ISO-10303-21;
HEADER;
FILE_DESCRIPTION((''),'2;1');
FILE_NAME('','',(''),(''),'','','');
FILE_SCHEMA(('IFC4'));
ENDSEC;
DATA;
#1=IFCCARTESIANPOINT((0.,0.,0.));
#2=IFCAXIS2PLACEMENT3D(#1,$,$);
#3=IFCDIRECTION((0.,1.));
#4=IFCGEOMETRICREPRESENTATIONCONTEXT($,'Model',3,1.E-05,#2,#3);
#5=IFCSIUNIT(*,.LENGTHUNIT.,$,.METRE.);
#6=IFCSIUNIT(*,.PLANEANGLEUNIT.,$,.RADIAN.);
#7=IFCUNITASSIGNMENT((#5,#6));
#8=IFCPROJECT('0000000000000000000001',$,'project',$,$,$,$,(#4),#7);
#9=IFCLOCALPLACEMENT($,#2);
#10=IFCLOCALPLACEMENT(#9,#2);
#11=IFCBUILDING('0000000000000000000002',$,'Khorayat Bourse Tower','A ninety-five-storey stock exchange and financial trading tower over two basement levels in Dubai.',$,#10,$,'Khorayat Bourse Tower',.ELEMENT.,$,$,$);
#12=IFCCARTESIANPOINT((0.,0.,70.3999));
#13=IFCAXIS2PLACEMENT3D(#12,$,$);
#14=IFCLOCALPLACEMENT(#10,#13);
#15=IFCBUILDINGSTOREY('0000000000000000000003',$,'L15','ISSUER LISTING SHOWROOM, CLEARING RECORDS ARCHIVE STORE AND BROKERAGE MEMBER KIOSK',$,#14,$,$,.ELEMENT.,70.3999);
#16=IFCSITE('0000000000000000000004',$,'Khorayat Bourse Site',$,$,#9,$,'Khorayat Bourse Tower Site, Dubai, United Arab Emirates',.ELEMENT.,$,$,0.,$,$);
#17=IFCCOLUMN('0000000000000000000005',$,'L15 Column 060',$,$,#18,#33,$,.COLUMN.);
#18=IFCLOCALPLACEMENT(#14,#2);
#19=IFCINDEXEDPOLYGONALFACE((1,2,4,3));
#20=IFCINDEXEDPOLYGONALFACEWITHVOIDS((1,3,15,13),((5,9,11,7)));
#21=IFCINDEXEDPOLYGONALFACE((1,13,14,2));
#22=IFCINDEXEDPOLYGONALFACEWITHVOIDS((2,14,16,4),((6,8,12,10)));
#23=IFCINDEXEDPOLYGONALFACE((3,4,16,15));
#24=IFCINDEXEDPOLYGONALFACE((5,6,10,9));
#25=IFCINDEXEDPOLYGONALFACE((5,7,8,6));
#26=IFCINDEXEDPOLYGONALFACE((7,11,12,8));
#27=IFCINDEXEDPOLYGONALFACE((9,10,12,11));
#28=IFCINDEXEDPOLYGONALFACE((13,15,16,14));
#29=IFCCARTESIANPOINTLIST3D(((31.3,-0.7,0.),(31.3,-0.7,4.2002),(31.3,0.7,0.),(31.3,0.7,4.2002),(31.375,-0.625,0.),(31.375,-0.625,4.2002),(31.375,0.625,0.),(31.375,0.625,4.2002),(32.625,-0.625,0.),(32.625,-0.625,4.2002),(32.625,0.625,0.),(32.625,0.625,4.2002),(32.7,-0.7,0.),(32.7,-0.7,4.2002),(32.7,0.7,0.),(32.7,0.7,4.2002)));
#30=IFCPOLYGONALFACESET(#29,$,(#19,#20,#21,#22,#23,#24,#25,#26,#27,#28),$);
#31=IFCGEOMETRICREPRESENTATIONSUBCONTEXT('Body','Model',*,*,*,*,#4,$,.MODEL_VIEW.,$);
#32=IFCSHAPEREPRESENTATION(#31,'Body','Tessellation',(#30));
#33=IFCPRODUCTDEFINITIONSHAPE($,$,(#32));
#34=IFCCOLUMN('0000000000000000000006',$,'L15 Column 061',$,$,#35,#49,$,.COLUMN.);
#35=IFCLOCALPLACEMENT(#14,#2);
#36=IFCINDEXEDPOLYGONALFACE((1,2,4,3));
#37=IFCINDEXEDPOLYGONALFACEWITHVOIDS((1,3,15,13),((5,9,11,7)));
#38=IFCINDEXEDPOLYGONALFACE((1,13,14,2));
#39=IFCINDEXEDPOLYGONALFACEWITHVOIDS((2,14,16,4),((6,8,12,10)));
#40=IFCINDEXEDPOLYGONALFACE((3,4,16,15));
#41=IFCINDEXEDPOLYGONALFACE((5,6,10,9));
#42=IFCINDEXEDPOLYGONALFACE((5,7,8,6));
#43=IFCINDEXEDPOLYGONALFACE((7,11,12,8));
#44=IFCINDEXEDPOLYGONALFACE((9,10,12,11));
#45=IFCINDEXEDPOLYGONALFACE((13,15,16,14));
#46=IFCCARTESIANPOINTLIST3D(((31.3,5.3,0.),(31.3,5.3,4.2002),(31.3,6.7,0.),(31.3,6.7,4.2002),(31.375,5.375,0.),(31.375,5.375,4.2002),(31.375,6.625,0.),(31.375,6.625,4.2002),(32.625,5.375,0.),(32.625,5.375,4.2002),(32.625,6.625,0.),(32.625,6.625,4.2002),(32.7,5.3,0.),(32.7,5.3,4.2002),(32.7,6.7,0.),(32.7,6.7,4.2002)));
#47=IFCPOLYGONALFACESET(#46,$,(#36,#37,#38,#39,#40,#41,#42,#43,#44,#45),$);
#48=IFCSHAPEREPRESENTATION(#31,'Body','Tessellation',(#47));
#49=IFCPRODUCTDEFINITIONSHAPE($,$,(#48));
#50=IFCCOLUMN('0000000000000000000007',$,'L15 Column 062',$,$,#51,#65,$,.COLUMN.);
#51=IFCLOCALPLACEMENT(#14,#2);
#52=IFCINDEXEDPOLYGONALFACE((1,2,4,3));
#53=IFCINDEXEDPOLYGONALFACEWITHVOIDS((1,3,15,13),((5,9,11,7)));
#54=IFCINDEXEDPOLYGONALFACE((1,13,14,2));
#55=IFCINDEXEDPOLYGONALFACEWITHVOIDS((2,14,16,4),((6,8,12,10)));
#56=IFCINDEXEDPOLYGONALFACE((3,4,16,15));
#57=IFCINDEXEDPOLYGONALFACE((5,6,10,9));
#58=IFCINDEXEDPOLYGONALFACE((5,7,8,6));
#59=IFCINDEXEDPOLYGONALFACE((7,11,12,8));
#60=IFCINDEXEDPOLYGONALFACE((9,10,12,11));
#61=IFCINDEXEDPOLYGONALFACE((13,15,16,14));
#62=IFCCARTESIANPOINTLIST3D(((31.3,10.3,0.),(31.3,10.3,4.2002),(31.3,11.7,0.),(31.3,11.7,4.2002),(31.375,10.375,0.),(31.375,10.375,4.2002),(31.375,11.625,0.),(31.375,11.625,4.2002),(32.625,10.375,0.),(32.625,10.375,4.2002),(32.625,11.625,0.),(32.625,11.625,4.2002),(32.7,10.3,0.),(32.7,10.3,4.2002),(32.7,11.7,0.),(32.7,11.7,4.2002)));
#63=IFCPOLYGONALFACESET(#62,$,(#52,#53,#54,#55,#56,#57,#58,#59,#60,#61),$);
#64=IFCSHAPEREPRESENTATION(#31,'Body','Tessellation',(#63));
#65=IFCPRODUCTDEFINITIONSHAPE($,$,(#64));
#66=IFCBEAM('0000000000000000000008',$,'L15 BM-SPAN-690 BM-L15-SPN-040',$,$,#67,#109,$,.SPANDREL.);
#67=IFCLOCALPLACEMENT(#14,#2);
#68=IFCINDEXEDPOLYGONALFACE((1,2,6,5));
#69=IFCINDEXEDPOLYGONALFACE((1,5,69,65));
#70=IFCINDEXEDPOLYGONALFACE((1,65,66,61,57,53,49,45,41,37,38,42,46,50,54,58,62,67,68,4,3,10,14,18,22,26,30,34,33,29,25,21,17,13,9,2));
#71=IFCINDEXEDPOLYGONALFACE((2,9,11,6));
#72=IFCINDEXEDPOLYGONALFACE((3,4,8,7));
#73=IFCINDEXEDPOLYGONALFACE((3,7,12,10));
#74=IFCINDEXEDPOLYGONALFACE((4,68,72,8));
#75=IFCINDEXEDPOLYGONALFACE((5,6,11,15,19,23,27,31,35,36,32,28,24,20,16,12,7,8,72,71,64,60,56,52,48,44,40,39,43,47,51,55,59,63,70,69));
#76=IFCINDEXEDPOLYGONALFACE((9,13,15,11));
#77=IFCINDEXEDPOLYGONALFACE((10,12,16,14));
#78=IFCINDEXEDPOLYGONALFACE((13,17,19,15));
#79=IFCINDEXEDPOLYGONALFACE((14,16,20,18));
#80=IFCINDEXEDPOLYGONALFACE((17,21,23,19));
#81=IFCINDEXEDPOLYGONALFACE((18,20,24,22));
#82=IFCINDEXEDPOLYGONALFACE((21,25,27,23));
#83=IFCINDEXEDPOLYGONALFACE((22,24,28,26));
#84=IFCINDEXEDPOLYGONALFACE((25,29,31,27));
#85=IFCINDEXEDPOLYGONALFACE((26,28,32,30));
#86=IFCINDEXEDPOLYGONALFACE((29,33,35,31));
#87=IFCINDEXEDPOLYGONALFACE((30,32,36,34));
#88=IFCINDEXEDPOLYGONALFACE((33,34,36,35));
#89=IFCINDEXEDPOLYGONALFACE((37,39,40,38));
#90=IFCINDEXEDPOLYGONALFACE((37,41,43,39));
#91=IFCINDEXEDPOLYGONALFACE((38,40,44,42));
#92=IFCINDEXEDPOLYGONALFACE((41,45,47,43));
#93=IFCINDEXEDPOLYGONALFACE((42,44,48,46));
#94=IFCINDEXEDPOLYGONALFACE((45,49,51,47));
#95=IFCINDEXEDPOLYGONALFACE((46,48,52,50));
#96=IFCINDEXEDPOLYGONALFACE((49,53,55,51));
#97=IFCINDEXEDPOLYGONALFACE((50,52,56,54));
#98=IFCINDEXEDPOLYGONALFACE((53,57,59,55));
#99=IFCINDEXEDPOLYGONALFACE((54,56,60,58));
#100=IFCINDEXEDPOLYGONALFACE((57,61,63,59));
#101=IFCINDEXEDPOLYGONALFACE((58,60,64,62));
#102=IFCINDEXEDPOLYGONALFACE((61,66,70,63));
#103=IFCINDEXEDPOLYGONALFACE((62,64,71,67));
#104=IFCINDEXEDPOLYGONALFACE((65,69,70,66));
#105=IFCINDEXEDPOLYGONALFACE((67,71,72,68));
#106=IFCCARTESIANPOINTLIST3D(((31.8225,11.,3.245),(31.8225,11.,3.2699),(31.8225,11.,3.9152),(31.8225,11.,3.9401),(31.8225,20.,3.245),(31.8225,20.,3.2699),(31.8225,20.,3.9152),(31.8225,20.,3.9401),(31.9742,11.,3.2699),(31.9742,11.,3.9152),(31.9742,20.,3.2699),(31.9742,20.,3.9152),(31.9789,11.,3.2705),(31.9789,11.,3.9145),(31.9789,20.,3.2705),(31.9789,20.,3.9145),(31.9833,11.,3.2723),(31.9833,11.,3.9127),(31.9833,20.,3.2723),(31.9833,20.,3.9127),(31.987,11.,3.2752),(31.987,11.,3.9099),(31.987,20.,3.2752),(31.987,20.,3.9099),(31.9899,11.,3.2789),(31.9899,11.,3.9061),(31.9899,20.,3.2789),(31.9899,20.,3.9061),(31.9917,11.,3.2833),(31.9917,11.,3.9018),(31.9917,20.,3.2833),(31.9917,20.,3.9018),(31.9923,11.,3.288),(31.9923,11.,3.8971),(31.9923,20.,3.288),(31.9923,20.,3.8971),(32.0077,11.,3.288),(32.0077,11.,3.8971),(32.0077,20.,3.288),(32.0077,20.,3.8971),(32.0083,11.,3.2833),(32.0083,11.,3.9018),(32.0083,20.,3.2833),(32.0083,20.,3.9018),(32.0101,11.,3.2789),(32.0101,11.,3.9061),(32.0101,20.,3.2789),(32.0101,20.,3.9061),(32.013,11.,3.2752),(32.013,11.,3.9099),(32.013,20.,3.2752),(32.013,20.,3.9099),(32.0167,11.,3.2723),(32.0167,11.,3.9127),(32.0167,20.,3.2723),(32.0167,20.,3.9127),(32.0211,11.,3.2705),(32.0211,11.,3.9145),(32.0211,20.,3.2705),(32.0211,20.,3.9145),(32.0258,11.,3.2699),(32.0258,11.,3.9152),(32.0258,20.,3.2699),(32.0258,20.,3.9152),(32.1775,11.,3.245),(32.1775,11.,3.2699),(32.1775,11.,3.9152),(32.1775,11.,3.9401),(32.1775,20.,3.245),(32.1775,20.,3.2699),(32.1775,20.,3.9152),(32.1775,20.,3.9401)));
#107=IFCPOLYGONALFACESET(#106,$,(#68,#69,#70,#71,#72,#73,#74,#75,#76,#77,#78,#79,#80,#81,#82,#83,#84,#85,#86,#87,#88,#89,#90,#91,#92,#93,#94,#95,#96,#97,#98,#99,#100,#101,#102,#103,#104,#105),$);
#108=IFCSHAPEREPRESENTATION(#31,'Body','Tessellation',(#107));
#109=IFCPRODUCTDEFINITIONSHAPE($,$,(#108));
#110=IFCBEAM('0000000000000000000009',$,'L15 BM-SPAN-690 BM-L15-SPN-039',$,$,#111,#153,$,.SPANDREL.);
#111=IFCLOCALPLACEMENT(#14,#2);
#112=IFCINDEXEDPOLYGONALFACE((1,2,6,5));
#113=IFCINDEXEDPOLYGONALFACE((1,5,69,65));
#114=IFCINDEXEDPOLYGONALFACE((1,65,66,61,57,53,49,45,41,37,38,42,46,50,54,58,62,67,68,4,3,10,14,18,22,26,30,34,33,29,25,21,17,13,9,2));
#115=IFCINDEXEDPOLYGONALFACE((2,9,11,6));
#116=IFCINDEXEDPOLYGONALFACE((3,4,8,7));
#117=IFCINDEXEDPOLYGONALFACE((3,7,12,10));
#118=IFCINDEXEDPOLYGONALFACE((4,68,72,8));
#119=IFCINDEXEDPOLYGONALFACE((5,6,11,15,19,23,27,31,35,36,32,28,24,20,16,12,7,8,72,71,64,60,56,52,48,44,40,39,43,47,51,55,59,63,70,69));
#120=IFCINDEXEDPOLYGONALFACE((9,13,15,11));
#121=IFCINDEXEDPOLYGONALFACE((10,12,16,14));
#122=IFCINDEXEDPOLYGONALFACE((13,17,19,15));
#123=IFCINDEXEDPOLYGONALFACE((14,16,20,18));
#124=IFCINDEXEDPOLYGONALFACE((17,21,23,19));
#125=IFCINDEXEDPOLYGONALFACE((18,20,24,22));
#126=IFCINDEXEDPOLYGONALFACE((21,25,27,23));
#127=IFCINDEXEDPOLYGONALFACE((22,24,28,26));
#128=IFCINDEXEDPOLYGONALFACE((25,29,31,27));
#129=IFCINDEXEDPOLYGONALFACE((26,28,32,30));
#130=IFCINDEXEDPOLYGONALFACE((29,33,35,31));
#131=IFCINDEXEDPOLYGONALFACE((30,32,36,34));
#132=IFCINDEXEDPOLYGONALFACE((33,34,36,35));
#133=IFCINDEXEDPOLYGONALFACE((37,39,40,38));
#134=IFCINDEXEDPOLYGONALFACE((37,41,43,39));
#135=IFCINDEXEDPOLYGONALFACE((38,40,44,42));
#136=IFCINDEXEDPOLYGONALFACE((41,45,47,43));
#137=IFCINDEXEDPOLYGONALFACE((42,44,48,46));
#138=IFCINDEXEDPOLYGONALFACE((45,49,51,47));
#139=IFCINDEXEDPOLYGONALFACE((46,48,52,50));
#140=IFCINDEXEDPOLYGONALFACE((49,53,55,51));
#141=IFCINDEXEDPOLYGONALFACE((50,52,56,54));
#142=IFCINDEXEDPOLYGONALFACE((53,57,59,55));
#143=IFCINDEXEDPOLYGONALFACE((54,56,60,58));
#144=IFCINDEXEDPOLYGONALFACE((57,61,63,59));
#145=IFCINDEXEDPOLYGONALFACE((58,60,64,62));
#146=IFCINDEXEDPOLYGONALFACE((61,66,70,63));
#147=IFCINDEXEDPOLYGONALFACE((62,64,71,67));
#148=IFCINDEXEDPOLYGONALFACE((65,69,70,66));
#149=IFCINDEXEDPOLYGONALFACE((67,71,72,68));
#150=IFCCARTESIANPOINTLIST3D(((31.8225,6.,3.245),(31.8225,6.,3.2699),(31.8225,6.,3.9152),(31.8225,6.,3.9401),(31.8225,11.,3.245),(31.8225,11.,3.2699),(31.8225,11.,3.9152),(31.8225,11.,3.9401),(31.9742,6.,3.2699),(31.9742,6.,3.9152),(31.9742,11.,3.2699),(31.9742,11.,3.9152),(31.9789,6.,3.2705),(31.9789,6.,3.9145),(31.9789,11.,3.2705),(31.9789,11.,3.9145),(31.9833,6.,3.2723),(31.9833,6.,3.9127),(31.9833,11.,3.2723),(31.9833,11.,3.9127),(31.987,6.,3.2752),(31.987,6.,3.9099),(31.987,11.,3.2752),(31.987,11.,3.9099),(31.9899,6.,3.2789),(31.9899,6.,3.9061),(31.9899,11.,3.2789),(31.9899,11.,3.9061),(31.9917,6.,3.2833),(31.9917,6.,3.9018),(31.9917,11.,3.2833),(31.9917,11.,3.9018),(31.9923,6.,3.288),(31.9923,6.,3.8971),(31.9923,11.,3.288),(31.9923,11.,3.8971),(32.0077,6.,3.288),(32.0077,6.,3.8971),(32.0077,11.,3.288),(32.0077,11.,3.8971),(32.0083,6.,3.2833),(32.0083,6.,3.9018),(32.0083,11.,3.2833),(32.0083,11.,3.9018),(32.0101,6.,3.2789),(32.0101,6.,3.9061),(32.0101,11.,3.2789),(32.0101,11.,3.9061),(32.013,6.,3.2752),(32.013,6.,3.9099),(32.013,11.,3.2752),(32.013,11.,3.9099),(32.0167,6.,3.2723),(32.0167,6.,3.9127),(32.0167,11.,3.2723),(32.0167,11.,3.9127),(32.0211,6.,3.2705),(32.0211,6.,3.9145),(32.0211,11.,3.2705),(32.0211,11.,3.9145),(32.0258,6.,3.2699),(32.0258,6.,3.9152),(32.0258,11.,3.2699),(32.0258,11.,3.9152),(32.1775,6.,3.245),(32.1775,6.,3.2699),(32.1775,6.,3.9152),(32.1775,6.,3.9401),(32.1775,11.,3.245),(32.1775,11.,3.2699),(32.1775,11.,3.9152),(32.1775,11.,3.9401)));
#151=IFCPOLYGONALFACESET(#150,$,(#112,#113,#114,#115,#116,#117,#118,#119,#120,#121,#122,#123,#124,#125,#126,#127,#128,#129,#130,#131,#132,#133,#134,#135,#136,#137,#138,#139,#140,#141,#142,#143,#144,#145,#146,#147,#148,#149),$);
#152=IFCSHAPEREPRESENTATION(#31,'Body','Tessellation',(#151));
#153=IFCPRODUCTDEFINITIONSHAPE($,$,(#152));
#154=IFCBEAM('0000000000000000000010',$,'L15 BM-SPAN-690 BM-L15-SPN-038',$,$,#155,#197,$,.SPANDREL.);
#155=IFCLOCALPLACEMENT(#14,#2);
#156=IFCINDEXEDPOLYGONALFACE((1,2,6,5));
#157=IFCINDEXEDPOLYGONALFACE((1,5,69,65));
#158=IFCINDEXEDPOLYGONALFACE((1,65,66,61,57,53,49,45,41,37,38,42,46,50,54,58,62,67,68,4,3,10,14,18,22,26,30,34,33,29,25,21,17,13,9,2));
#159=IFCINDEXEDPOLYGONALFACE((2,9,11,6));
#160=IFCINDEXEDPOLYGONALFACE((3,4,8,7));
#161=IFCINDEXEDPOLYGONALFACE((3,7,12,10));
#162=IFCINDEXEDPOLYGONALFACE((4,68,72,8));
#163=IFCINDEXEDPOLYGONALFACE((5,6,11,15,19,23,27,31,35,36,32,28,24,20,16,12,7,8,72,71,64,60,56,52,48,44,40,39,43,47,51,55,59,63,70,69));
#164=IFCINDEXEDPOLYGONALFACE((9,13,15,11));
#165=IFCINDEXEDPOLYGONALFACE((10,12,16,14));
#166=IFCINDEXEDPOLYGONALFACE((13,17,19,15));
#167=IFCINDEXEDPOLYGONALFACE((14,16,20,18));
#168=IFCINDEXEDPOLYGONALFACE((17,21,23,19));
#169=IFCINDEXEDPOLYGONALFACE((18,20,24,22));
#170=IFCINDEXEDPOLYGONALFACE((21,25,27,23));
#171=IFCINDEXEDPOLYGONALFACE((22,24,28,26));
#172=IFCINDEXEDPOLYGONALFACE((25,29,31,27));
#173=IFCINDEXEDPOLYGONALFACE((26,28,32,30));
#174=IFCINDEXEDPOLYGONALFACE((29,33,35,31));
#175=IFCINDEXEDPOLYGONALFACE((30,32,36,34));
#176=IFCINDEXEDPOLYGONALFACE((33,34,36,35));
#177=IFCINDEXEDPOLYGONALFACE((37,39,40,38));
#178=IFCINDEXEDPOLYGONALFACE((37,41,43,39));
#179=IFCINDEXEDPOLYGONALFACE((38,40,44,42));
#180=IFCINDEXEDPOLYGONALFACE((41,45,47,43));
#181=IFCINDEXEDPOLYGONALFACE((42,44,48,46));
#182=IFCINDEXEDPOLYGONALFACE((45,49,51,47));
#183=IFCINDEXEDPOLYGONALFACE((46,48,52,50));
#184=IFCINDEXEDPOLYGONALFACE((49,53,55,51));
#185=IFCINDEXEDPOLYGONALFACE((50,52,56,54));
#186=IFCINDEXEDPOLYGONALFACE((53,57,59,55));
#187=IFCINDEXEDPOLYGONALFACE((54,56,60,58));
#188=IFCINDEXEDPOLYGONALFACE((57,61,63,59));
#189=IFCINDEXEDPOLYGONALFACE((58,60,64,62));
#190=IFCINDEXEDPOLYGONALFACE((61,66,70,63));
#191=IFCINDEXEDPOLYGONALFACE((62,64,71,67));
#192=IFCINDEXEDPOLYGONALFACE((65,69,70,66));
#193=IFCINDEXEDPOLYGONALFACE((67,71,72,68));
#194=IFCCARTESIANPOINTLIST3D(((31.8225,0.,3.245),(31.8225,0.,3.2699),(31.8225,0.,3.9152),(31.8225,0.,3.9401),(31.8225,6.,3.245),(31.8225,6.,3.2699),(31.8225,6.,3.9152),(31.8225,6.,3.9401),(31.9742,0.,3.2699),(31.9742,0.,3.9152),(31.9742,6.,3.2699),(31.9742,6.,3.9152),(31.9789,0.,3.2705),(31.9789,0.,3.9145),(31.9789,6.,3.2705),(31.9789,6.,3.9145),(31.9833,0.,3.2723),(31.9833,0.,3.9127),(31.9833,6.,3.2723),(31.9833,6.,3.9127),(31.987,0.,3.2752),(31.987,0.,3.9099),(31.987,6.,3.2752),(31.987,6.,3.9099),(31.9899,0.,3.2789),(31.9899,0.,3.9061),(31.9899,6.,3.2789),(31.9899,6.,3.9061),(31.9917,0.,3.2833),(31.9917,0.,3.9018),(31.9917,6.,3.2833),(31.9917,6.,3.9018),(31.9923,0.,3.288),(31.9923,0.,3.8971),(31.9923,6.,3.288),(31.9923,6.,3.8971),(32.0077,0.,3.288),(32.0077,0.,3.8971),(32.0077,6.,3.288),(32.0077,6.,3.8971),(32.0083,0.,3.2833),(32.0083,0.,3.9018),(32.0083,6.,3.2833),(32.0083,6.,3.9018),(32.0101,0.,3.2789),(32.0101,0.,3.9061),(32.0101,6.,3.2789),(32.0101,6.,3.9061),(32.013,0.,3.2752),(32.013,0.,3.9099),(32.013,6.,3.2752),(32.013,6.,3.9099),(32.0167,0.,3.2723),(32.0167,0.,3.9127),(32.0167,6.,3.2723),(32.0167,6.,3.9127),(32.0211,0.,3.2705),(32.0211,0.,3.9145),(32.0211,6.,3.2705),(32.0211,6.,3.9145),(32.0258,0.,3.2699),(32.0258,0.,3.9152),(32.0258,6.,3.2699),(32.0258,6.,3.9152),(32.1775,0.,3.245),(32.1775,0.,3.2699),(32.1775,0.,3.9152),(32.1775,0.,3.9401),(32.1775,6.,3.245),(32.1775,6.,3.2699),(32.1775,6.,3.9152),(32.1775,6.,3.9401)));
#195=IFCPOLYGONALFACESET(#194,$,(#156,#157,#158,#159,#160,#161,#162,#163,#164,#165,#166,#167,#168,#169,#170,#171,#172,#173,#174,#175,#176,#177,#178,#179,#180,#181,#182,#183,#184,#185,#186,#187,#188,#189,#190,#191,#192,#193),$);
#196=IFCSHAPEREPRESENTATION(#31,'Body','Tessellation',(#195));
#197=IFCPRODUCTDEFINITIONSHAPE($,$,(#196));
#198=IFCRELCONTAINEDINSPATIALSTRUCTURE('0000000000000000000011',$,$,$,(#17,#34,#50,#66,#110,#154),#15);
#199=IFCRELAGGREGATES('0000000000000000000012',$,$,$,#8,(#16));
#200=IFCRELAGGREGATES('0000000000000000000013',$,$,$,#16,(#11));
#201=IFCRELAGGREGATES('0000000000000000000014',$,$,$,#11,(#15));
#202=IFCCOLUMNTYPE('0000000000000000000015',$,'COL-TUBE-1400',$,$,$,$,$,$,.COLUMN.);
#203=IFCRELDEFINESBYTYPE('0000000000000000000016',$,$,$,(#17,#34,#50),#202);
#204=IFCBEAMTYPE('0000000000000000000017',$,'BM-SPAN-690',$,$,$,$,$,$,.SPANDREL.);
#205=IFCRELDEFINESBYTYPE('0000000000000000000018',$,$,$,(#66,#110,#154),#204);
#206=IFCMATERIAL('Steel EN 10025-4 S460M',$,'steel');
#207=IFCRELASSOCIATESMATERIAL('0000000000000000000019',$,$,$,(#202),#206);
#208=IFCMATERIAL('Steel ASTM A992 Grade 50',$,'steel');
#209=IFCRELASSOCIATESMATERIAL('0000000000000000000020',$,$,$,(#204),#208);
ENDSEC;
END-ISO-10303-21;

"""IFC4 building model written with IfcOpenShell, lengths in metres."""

from ifc_helpers import new_model, si_unit, direction, frame, origin, origin_2d, place, context, subcontext, project, spatial, hollow_rectangle, i_section, extrude, source, transform, mapped, material, material_profile, profile_set, type_object, element, save


model = new_model("IFC4")

# Units and contexts
model_context = context("Model", 3, precision=1e-05, world=origin(), true_north=direction((0.0, 1.0)))
body_context = subcontext(model_context, "Body", "Model", "MODEL_VIEW")
ifc_project = project(units=[si_unit("LENGTHUNIT", "METRE"), si_unit("PLANEANGLEUNIT", "RADIAN")], contexts=[model_context])

# Site, building, storey
site_placement = place(None, origin())
site = spatial("IfcSite", under=ifc_project, at=site_placement, Name="Khorayat Bourse Site", LongName="Khorayat Bourse Tower Site, Dubai, United Arab Emirates", CompositionType="ELEMENT", RefElevation=0.0)
building_placement = place(site_placement, origin())
building = spatial("IfcBuilding", under=site, at=building_placement, Name="Khorayat Bourse Tower", Description="A ninety-five-storey stock exchange and financial trading tower over two basement levels in Dubai.", LongName="Khorayat Bourse Tower", CompositionType="ELEMENT")
storey_placement = place(building_placement, frame((0.0, 0.0, 70.3999)))
storey = spatial("IfcBuildingStorey", under=building, at=storey_placement, Name="L15", Description="ISSUER LISTING SHOWROOM, CLEARING RECORDS ARCHIVE STORE AND BROKERAGE MEMBER KIOSK", CompositionType="ELEMENT", Elevation=70.3999)

# Columns
ifc_material_1 = material(Name="Steel EN 10025-4 S460M", Category="steel")
ifc_material_profile_1 = material_profile(ifc_material_1, hollow_rectangle(XDim=1.3999, YDim=1.3999, WallThickness=0.075, at=origin_2d()), Name="BOX 1400x1400x75")
ifc_profile_set_1 = profile_set([ifc_material_profile_1], Name="Steel EN 10025-4 S460M")
column_type = type_object("IfcColumnType", Name="COL-TUBE-1400", PredefinedType="COLUMN", material=ifc_profile_set_1)
shared_shape_1 = source(origin(), body_context, "Body", "SweptSolid", [
    extrude(hollow_rectangle(XDim=1.3999, YDim=1.3999, WallThickness=0.075, at=origin_2d()), origin(), (0.0, 0.0, 1.0), 4.2002),
])
for number, where, z_axis, x_axis, name in (
    (1, (32.0, 0.0, 0.0), (0.0, 0.0, 1.0), (1.0, 0.0, 0.0), "L15 Column 060"),
    (2, (32.0, 6.0, 0.0), (0.0, 0.0, 1.0), (1.0, 0.0, 0.0), "L15 Column 061"),
    (3, (32.0, 11.0, 0.0), (0.0, 0.0, 1.0), (1.0, 0.0, 0.0), "L15 Column 062"),
):
    element("IfcColumn", number, at=place(storey_placement, frame(where, z_axis=z_axis, x_axis=x_axis)), inside=storey, type_object=column_type, Name=name, PredefinedType="COLUMN", context=body_context, shape_type="MappedRepresentation", body=[
        mapped(shared_shape_1, transform((0.0, 0.0, 0.0), scale=1.0)),
    ])

# Beams
ifc_material_2 = material(Name="Steel ASTM A992 Grade 50", Category="steel")
ifc_material_profile_2 = material_profile(ifc_material_2, i_section(OverallWidth=0.355, OverallDepth=0.6951, WebThickness=0.0154, FlangeThickness=0.0249, FilletRadius=0.0181, at=origin_2d()), Name="W690X217")
ifc_profile_set_2 = profile_set([ifc_material_profile_2], Name="Steel ASTM A992 Grade 50")
beam_type_1 = type_object("IfcBeamType", Name="BM-SPAN-690", PredefinedType="SPANDREL", material=ifc_profile_set_2)
shared_shape_2 = source(origin(), body_context, "Body", "SweptSolid", [
    extrude(i_section(OverallWidth=0.355, OverallDepth=0.6951, WebThickness=0.0154, FlangeThickness=0.0249, FilletRadius=0.0181, at=origin_2d()), origin(), (0.0, 0.0, 1.0), 9.0),
])
beam_1_placement = place(storey_placement, frame((32.0, 11.0, 3.5925), z_axis=(0.0, 1.0, 0.0), x_axis=(-1.0, 0.0, 0.0)))
element("IfcBeam", 4, at=beam_1_placement, inside=storey, type_object=beam_type_1, Name="L15 BM-SPAN-690 BM-L15-SPN-040", PredefinedType="SPANDREL", context=body_context, shape_type="MappedRepresentation", body=[
    mapped(shared_shape_2, transform((0.0, 0.0, 0.0), scale=1.0)),
])
shared_shape_3 = source(origin(), body_context, "Body", "SweptSolid", [
    extrude(i_section(OverallWidth=0.355, OverallDepth=0.6951, WebThickness=0.0154, FlangeThickness=0.0249, FilletRadius=0.0181, at=origin_2d()), origin(), (0.0, 0.0, 1.0), 5.0),
])
beam_2_placement = place(storey_placement, frame((32.0, 6.0, 3.5925), z_axis=(0.0, 1.0, 0.0), x_axis=(-1.0, 0.0, 0.0)))
element("IfcBeam", 5, at=beam_2_placement, inside=storey, type_object=beam_type_1, Name="L15 BM-SPAN-690 BM-L15-SPN-039", PredefinedType="SPANDREL", context=body_context, shape_type="MappedRepresentation", body=[
    mapped(shared_shape_3, transform((0.0, 0.0, 0.0), scale=1.0)),
])
shared_shape_4 = source(origin(), body_context, "Body", "SweptSolid", [
    extrude(i_section(OverallWidth=0.355, OverallDepth=0.6951, WebThickness=0.0154, FlangeThickness=0.0249, FilletRadius=0.0181, at=origin_2d()), origin(), (0.0, 0.0, 1.0), 6.0),
])
beam_3_placement = place(storey_placement, frame((32.0, 0.0, 3.5925), z_axis=(0.0, 1.0, 0.0), x_axis=(-1.0, 0.0, 0.0)))
element("IfcBeam", 6, at=beam_3_placement, inside=storey, type_object=beam_type_1, Name="L15 BM-SPAN-690 BM-L15-SPN-038", PredefinedType="SPANDREL", context=body_context, shape_type="MappedRepresentation", body=[
    mapped(shared_shape_4, transform((0.0, 0.0, 0.0), scale=1.0)),
])

save(model, "model.ifc")
